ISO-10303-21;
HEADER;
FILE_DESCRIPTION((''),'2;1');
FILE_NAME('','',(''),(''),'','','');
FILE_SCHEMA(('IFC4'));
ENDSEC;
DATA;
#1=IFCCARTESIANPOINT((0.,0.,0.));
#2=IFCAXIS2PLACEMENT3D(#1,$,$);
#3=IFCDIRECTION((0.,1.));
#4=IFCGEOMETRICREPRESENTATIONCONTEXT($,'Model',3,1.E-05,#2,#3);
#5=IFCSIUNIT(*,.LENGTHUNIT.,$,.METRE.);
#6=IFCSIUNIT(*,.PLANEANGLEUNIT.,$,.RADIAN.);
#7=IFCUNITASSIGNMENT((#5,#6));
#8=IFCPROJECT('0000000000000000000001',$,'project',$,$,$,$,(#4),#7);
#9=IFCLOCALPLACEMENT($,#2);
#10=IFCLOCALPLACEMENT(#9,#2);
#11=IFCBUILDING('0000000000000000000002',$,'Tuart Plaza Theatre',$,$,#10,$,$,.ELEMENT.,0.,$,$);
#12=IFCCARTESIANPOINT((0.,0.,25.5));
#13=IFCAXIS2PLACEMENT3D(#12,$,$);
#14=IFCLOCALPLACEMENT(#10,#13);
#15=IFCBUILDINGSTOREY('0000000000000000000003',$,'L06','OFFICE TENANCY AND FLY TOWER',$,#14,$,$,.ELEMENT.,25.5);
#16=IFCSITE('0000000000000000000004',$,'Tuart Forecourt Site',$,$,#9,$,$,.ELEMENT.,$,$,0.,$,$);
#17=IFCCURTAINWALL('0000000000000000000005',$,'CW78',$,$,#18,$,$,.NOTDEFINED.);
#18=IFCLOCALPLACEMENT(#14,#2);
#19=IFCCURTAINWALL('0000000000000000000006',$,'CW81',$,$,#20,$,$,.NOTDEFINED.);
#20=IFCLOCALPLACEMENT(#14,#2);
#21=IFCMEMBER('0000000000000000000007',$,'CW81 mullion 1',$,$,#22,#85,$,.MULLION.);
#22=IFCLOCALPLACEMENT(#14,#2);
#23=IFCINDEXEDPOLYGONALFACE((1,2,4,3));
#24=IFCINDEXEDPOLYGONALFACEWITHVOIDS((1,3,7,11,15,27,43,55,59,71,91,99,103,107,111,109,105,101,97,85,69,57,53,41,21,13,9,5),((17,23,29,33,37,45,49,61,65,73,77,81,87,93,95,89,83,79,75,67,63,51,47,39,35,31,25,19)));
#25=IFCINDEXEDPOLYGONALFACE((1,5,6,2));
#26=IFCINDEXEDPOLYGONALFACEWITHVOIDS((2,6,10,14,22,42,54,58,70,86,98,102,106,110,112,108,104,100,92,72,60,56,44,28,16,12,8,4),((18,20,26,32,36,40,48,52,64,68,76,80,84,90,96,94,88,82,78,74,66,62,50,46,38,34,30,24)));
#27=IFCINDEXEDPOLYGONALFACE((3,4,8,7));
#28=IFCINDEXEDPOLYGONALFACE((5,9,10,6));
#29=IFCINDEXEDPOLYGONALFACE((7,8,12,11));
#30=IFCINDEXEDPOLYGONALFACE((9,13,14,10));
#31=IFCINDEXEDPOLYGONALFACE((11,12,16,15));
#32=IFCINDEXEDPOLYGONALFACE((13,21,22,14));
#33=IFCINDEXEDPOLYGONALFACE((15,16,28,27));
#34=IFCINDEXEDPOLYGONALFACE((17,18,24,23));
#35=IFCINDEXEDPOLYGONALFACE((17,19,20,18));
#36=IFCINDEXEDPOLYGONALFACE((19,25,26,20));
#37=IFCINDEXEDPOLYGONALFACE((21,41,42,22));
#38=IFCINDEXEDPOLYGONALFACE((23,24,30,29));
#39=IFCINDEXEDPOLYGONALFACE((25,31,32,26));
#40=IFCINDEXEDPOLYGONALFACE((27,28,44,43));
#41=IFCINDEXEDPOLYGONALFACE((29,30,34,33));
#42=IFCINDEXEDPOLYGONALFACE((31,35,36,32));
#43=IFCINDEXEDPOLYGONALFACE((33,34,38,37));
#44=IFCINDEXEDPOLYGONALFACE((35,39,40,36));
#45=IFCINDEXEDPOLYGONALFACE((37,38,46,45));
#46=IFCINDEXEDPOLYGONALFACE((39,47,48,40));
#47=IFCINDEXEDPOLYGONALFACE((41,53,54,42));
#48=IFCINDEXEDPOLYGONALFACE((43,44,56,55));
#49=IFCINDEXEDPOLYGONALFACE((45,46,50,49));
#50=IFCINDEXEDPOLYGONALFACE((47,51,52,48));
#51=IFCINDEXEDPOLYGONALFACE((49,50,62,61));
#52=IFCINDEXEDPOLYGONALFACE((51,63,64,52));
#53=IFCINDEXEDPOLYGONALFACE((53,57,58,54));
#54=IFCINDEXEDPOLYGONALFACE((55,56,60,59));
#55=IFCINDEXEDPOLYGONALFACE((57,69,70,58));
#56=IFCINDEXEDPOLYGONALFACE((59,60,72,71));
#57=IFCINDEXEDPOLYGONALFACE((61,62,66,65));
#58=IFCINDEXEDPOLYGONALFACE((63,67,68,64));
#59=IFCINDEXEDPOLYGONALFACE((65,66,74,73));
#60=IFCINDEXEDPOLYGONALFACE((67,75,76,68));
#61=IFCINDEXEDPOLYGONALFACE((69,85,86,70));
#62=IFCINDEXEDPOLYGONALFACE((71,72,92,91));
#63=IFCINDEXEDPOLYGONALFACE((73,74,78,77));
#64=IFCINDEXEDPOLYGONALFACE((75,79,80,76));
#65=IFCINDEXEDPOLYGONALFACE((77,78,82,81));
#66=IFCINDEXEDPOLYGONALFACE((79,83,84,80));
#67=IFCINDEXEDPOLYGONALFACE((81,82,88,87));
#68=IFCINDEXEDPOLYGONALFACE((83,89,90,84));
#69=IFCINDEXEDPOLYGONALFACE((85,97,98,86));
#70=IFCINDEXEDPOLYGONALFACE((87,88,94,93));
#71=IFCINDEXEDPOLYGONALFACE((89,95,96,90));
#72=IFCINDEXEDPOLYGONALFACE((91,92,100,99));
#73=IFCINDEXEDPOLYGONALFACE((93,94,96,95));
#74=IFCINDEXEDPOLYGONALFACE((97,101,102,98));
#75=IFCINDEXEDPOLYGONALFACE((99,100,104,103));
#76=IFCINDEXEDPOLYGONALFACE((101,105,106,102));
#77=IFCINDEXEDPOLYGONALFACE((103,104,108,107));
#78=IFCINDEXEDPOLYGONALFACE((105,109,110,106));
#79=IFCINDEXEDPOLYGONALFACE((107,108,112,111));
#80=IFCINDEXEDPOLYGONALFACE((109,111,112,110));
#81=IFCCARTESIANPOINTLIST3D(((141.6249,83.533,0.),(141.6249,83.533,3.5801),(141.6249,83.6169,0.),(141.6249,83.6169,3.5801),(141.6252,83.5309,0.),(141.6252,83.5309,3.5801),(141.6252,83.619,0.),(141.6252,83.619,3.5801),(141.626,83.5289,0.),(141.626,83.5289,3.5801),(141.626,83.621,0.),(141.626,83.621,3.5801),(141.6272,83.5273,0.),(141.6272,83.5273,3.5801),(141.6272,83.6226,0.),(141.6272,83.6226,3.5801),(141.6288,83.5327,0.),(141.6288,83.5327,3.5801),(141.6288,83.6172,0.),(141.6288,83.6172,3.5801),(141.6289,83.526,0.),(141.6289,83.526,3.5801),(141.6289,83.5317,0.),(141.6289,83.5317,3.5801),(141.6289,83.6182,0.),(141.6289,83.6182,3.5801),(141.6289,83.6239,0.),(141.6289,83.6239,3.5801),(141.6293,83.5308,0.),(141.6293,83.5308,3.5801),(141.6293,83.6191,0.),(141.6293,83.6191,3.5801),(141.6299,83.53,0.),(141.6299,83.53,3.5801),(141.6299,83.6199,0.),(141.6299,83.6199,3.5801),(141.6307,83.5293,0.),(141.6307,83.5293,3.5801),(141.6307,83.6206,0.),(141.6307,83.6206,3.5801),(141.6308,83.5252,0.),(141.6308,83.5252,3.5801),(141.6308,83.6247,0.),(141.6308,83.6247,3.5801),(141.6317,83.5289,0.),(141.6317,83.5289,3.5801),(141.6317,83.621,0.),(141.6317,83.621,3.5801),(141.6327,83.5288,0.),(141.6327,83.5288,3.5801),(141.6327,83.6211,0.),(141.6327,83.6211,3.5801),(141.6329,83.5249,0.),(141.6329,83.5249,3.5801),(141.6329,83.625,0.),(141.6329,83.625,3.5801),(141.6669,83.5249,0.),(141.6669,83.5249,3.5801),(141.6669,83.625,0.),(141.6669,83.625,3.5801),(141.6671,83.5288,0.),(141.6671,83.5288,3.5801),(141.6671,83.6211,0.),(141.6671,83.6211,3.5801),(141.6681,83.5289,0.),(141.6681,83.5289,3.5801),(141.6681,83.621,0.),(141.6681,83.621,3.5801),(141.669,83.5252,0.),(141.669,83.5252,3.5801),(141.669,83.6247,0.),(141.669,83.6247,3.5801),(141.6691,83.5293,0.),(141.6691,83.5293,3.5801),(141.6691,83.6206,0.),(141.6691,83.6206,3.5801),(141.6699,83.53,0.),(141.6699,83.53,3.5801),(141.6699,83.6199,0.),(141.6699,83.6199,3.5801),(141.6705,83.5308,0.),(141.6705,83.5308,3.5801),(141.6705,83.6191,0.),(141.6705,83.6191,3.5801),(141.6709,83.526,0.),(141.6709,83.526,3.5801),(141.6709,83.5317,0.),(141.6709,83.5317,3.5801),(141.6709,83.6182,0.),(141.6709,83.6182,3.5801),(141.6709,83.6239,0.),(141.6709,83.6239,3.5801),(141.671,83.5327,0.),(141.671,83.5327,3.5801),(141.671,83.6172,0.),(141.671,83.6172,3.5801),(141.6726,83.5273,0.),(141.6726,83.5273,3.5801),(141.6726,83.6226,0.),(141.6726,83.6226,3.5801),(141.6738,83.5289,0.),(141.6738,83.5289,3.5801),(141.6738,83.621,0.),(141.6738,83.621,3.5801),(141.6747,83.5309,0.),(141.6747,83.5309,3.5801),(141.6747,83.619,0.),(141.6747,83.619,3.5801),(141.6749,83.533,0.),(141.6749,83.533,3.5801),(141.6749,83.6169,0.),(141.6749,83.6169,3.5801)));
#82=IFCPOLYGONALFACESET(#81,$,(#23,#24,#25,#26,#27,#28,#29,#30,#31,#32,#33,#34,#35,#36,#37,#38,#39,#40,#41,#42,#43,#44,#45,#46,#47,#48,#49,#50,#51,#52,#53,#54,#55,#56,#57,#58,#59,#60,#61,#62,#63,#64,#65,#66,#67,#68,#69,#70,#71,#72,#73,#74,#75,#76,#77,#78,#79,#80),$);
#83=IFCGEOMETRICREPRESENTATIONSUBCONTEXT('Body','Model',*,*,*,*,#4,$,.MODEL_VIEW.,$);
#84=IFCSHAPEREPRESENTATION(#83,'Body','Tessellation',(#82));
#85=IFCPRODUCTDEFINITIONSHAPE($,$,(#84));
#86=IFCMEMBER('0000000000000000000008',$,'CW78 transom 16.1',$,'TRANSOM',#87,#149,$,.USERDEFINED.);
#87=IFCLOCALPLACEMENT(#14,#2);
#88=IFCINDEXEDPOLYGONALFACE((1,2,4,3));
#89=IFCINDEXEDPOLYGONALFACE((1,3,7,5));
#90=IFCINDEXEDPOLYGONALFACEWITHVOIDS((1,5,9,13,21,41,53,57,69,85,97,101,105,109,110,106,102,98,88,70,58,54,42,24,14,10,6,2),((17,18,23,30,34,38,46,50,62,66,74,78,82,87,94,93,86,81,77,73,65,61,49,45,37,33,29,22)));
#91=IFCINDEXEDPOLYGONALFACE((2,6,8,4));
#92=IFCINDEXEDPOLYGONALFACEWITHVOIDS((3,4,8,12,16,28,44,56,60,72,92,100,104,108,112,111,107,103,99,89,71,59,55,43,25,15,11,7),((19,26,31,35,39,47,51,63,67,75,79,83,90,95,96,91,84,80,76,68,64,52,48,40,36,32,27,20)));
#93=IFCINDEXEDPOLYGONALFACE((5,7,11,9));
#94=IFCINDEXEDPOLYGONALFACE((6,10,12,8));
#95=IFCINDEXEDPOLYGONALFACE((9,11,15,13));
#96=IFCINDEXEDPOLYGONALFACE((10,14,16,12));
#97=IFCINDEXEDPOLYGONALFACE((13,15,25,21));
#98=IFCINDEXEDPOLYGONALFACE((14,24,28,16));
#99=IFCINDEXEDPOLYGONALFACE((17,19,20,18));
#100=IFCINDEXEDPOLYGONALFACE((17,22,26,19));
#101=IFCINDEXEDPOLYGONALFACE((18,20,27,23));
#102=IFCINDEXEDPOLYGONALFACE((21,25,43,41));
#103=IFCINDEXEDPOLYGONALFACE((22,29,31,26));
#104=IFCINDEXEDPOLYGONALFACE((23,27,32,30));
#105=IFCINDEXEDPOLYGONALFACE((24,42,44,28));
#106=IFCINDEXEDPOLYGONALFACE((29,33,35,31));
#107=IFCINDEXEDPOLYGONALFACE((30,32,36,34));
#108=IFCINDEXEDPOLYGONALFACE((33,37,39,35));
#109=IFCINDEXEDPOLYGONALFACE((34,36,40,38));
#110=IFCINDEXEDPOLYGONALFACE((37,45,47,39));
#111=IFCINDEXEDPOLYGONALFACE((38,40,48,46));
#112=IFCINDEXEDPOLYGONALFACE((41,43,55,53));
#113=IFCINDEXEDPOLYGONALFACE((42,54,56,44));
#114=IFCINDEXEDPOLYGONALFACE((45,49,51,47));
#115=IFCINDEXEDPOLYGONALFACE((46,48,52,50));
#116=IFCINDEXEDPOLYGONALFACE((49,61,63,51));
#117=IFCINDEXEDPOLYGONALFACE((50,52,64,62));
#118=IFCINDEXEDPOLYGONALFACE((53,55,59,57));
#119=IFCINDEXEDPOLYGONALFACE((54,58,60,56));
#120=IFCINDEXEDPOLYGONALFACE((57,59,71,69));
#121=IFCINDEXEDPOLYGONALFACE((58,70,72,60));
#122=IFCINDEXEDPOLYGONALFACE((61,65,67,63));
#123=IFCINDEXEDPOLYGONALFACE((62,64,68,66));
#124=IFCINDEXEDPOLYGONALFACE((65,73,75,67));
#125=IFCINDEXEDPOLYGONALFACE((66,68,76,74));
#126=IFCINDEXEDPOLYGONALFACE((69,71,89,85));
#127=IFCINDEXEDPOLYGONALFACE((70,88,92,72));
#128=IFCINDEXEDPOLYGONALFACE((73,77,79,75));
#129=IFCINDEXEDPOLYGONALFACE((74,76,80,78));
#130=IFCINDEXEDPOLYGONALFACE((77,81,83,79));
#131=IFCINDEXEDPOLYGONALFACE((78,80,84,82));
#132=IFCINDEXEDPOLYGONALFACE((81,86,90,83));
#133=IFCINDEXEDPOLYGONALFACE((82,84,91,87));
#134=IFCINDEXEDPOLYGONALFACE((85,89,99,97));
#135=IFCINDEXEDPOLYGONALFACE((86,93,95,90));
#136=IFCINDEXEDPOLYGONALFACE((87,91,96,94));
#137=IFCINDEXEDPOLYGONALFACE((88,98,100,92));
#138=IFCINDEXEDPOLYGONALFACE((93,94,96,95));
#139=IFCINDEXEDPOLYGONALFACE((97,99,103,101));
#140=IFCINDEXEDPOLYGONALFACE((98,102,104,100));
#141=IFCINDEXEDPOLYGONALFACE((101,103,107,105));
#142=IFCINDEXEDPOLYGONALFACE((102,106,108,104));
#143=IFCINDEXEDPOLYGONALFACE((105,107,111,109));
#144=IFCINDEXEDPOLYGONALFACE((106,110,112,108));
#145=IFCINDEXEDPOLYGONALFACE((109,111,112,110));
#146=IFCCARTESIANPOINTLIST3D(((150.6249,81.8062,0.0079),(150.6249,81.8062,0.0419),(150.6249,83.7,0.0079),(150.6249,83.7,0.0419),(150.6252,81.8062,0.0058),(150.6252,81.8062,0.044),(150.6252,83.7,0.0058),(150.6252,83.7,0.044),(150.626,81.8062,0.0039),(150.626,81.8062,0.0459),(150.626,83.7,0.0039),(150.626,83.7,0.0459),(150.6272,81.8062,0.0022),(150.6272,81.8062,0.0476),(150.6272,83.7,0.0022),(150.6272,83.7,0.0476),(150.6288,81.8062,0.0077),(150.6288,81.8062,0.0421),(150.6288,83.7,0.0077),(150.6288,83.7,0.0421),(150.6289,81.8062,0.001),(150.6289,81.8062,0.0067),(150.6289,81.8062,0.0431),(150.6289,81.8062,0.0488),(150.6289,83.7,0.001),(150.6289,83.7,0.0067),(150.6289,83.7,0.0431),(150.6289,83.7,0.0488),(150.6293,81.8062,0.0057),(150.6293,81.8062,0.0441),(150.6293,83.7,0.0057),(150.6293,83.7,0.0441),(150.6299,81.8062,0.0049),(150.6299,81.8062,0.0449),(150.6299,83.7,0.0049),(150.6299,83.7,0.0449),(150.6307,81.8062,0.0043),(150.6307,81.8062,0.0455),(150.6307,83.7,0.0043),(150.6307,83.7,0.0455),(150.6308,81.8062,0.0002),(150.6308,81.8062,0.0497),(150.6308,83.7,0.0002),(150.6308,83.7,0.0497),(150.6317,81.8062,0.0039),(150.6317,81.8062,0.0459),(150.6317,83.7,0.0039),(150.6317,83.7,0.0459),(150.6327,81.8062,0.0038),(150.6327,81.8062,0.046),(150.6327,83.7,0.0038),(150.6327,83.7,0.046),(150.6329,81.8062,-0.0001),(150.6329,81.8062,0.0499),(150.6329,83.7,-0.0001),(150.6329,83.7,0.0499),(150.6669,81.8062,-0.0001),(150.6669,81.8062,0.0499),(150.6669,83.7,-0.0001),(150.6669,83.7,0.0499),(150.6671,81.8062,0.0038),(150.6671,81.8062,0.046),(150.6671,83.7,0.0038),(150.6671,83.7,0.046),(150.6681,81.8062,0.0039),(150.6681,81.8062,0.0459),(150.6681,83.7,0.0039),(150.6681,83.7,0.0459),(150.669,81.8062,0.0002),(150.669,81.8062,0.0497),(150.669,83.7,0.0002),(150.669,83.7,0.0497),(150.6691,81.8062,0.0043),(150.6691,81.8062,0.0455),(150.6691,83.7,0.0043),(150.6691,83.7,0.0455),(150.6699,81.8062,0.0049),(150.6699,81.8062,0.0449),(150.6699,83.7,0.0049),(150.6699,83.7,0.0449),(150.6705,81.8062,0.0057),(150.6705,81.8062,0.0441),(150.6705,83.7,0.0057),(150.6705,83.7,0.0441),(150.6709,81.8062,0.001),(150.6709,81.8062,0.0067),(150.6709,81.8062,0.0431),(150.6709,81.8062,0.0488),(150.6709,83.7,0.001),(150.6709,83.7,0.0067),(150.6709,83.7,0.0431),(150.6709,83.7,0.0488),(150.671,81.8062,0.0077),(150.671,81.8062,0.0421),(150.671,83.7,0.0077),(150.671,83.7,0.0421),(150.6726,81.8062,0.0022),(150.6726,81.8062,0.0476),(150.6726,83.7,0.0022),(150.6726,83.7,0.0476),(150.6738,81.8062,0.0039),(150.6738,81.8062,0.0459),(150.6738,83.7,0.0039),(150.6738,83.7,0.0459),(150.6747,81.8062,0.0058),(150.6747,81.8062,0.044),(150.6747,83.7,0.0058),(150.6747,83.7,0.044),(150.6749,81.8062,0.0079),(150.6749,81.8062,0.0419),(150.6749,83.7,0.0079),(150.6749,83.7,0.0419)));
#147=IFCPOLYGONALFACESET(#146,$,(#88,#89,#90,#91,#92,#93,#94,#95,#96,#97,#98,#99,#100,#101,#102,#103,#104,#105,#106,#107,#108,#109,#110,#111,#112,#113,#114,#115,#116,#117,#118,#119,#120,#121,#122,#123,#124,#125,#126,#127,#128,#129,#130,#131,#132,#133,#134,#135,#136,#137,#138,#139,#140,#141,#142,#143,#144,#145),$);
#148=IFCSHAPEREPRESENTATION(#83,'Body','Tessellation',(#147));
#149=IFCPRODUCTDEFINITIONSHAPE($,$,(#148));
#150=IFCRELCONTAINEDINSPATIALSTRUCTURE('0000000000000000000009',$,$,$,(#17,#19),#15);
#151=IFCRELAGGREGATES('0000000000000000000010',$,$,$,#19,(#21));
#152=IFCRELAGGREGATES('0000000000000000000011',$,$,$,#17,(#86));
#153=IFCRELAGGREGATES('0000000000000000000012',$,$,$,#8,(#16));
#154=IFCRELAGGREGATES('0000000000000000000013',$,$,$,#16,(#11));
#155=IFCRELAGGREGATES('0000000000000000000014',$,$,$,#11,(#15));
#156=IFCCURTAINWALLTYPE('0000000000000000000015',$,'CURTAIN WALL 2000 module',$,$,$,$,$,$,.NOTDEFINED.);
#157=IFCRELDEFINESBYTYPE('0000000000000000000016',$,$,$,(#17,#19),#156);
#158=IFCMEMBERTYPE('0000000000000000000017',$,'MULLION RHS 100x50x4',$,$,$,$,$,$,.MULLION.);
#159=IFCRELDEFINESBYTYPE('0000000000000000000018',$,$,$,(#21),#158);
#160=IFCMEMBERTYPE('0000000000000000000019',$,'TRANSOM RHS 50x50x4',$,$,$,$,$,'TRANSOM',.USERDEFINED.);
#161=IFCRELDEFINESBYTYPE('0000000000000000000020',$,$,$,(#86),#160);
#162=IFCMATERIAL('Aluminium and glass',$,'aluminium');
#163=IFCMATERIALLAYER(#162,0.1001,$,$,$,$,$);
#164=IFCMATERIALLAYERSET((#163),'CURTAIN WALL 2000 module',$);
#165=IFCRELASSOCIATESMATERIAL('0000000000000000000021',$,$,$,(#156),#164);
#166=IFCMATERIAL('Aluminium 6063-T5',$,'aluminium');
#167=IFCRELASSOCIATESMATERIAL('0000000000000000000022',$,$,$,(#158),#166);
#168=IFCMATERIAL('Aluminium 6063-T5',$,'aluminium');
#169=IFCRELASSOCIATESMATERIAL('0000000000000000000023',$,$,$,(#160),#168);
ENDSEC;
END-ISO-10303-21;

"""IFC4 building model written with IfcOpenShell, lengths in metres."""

from ifc_helpers import new_model, si_unit, direction, frame, origin, origin_2d, place, context, subcontext, project, spatial, hollow_rectangle, extrude, material, layer, layer_set, material_profile, profile_set, type_object, element, aggregate, save


model = new_model("IFC4")

# Units and contexts
model_context = context("Model", 3, precision=1e-05, world=origin(), true_north=direction((0.0, 1.0)))
body_context = subcontext(model_context, "Body", "Model", "MODEL_VIEW")
ifc_project = project(units=[si_unit("LENGTHUNIT", "METRE"), si_unit("PLANEANGLEUNIT", "RADIAN")], contexts=[model_context])

# Site, building, storey
site_placement = place(None, origin())
site = spatial("IfcSite", under=ifc_project, at=site_placement, Name="Tuart Forecourt Site", CompositionType="ELEMENT", RefElevation=0.0)
building_placement = place(site_placement, origin())
building = spatial("IfcBuilding", under=site, at=building_placement, Name="Tuart Plaza Theatre", CompositionType="ELEMENT", ElevationOfRefHeight=0.0)
storey_placement = place(building_placement, frame((0.0, 0.0, 25.5)))
storey = spatial("IfcBuildingStorey", under=building, at=storey_placement, Name="L06", Description="OFFICE TENANCY AND FLY TOWER", CompositionType="ELEMENT", Elevation=25.5)

# Curtain wall
ifc_material_1 = material(Name="Aluminium and glass", Category="aluminium")
ifc_layer_1 = layer(ifc_material_1, 0.1001)
ifc_layer_set_1 = layer_set([ifc_layer_1], Name="CURTAIN WALL 2000 module")
curtain_wall_type = type_object("IfcCurtainWallType", Name="CURTAIN WALL 2000 module", PredefinedType="NOTDEFINED", material=ifc_layer_set_1)
curtain_wall_1_placement = place(storey_placement, origin())
curtain_wall_1 = element("IfcCurtainWall", 1, at=curtain_wall_1_placement, inside=storey, type_object=curtain_wall_type, Name="CW78", PredefinedType="NOTDEFINED")
ifc_material_2 = material(Name="Aluminium 6063-T5", Category="aluminium")
ifc_material_profile_1 = material_profile(ifc_material_2, hollow_rectangle(XDim=0.05, YDim=0.1001, WallThickness=0.0039, InnerFilletRadius=0.0039, OuterFilletRadius=0.0081, at=origin_2d()), Name="RHS 100x50x4")
ifc_profile_set_1 = profile_set([ifc_material_profile_1], Name="Aluminium 6063-T5")
member_type_1 = type_object("IfcMemberType", Name="MULLION RHS 100x50x4", PredefinedType="MULLION", material=ifc_profile_set_1)

# Curtain wall, member
curtain_wall_2_placement = place(storey_placement, origin())
curtain_wall_2 = element("IfcCurtainWall", 2, at=curtain_wall_2_placement, inside=storey, type_object=curtain_wall_type, Name="CW81", PredefinedType="NOTDEFINED")
member_1_placement = place(storey_placement, frame((141.6499, 83.575, 0.0), z_axis=(0.0, 0.0, 1.0), x_axis=(-1.0, 0.0, 0.0)))
member_1 = element("IfcMember", 3, at=member_1_placement, type_object=member_type_1, Name="CW81 mullion 1", PredefinedType="MULLION", context=body_context, shape_type="SweptSolid", body=[
    extrude(hollow_rectangle(XDim=0.05, YDim=0.1001, WallThickness=0.0039, InnerFilletRadius=0.0039, OuterFilletRadius=0.0081, at=origin_2d()), origin(), (0.0, 0.0, 1.0), 3.5801),
])

# Member
ifc_material_3 = material(Name="Aluminium 6063-T5", Category="aluminium")
ifc_material_profile_2 = material_profile(ifc_material_3, hollow_rectangle(XDim=0.05, YDim=0.05, WallThickness=0.0039, InnerFilletRadius=0.0039, OuterFilletRadius=0.0081, at=origin_2d()), Name="RHS 50x50x4")
ifc_profile_set_2 = profile_set([ifc_material_profile_2], Name="Aluminium 6063-T5")
member_type_2 = type_object("IfcMemberType", Name="TRANSOM RHS 50x50x4", ElementType="TRANSOM", PredefinedType="USERDEFINED", material=ifc_profile_set_2)
member_2_placement = place(storey_placement, frame((150.6499, 81.8062, 0.0249), z_axis=(0.0, 1.0, 0.0), x_axis=(-1.0, 0.0, 0.0)))
member_2 = element("IfcMember", 4, at=member_2_placement, type_object=member_type_2, Name="CW78 transom 16.1", ObjectType="TRANSOM", PredefinedType="USERDEFINED", context=body_context, shape_type="SweptSolid", body=[
    extrude(hollow_rectangle(XDim=0.05, YDim=0.05, WallThickness=0.0039, InnerFilletRadius=0.0039, OuterFilletRadius=0.0081, at=origin_2d()), origin(), (0.0, 0.0, 1.0), 1.8938),
])
aggregate(curtain_wall_2, [member_1])

aggregate(curtain_wall_1, [member_2])

save(model, "model.ifc")
